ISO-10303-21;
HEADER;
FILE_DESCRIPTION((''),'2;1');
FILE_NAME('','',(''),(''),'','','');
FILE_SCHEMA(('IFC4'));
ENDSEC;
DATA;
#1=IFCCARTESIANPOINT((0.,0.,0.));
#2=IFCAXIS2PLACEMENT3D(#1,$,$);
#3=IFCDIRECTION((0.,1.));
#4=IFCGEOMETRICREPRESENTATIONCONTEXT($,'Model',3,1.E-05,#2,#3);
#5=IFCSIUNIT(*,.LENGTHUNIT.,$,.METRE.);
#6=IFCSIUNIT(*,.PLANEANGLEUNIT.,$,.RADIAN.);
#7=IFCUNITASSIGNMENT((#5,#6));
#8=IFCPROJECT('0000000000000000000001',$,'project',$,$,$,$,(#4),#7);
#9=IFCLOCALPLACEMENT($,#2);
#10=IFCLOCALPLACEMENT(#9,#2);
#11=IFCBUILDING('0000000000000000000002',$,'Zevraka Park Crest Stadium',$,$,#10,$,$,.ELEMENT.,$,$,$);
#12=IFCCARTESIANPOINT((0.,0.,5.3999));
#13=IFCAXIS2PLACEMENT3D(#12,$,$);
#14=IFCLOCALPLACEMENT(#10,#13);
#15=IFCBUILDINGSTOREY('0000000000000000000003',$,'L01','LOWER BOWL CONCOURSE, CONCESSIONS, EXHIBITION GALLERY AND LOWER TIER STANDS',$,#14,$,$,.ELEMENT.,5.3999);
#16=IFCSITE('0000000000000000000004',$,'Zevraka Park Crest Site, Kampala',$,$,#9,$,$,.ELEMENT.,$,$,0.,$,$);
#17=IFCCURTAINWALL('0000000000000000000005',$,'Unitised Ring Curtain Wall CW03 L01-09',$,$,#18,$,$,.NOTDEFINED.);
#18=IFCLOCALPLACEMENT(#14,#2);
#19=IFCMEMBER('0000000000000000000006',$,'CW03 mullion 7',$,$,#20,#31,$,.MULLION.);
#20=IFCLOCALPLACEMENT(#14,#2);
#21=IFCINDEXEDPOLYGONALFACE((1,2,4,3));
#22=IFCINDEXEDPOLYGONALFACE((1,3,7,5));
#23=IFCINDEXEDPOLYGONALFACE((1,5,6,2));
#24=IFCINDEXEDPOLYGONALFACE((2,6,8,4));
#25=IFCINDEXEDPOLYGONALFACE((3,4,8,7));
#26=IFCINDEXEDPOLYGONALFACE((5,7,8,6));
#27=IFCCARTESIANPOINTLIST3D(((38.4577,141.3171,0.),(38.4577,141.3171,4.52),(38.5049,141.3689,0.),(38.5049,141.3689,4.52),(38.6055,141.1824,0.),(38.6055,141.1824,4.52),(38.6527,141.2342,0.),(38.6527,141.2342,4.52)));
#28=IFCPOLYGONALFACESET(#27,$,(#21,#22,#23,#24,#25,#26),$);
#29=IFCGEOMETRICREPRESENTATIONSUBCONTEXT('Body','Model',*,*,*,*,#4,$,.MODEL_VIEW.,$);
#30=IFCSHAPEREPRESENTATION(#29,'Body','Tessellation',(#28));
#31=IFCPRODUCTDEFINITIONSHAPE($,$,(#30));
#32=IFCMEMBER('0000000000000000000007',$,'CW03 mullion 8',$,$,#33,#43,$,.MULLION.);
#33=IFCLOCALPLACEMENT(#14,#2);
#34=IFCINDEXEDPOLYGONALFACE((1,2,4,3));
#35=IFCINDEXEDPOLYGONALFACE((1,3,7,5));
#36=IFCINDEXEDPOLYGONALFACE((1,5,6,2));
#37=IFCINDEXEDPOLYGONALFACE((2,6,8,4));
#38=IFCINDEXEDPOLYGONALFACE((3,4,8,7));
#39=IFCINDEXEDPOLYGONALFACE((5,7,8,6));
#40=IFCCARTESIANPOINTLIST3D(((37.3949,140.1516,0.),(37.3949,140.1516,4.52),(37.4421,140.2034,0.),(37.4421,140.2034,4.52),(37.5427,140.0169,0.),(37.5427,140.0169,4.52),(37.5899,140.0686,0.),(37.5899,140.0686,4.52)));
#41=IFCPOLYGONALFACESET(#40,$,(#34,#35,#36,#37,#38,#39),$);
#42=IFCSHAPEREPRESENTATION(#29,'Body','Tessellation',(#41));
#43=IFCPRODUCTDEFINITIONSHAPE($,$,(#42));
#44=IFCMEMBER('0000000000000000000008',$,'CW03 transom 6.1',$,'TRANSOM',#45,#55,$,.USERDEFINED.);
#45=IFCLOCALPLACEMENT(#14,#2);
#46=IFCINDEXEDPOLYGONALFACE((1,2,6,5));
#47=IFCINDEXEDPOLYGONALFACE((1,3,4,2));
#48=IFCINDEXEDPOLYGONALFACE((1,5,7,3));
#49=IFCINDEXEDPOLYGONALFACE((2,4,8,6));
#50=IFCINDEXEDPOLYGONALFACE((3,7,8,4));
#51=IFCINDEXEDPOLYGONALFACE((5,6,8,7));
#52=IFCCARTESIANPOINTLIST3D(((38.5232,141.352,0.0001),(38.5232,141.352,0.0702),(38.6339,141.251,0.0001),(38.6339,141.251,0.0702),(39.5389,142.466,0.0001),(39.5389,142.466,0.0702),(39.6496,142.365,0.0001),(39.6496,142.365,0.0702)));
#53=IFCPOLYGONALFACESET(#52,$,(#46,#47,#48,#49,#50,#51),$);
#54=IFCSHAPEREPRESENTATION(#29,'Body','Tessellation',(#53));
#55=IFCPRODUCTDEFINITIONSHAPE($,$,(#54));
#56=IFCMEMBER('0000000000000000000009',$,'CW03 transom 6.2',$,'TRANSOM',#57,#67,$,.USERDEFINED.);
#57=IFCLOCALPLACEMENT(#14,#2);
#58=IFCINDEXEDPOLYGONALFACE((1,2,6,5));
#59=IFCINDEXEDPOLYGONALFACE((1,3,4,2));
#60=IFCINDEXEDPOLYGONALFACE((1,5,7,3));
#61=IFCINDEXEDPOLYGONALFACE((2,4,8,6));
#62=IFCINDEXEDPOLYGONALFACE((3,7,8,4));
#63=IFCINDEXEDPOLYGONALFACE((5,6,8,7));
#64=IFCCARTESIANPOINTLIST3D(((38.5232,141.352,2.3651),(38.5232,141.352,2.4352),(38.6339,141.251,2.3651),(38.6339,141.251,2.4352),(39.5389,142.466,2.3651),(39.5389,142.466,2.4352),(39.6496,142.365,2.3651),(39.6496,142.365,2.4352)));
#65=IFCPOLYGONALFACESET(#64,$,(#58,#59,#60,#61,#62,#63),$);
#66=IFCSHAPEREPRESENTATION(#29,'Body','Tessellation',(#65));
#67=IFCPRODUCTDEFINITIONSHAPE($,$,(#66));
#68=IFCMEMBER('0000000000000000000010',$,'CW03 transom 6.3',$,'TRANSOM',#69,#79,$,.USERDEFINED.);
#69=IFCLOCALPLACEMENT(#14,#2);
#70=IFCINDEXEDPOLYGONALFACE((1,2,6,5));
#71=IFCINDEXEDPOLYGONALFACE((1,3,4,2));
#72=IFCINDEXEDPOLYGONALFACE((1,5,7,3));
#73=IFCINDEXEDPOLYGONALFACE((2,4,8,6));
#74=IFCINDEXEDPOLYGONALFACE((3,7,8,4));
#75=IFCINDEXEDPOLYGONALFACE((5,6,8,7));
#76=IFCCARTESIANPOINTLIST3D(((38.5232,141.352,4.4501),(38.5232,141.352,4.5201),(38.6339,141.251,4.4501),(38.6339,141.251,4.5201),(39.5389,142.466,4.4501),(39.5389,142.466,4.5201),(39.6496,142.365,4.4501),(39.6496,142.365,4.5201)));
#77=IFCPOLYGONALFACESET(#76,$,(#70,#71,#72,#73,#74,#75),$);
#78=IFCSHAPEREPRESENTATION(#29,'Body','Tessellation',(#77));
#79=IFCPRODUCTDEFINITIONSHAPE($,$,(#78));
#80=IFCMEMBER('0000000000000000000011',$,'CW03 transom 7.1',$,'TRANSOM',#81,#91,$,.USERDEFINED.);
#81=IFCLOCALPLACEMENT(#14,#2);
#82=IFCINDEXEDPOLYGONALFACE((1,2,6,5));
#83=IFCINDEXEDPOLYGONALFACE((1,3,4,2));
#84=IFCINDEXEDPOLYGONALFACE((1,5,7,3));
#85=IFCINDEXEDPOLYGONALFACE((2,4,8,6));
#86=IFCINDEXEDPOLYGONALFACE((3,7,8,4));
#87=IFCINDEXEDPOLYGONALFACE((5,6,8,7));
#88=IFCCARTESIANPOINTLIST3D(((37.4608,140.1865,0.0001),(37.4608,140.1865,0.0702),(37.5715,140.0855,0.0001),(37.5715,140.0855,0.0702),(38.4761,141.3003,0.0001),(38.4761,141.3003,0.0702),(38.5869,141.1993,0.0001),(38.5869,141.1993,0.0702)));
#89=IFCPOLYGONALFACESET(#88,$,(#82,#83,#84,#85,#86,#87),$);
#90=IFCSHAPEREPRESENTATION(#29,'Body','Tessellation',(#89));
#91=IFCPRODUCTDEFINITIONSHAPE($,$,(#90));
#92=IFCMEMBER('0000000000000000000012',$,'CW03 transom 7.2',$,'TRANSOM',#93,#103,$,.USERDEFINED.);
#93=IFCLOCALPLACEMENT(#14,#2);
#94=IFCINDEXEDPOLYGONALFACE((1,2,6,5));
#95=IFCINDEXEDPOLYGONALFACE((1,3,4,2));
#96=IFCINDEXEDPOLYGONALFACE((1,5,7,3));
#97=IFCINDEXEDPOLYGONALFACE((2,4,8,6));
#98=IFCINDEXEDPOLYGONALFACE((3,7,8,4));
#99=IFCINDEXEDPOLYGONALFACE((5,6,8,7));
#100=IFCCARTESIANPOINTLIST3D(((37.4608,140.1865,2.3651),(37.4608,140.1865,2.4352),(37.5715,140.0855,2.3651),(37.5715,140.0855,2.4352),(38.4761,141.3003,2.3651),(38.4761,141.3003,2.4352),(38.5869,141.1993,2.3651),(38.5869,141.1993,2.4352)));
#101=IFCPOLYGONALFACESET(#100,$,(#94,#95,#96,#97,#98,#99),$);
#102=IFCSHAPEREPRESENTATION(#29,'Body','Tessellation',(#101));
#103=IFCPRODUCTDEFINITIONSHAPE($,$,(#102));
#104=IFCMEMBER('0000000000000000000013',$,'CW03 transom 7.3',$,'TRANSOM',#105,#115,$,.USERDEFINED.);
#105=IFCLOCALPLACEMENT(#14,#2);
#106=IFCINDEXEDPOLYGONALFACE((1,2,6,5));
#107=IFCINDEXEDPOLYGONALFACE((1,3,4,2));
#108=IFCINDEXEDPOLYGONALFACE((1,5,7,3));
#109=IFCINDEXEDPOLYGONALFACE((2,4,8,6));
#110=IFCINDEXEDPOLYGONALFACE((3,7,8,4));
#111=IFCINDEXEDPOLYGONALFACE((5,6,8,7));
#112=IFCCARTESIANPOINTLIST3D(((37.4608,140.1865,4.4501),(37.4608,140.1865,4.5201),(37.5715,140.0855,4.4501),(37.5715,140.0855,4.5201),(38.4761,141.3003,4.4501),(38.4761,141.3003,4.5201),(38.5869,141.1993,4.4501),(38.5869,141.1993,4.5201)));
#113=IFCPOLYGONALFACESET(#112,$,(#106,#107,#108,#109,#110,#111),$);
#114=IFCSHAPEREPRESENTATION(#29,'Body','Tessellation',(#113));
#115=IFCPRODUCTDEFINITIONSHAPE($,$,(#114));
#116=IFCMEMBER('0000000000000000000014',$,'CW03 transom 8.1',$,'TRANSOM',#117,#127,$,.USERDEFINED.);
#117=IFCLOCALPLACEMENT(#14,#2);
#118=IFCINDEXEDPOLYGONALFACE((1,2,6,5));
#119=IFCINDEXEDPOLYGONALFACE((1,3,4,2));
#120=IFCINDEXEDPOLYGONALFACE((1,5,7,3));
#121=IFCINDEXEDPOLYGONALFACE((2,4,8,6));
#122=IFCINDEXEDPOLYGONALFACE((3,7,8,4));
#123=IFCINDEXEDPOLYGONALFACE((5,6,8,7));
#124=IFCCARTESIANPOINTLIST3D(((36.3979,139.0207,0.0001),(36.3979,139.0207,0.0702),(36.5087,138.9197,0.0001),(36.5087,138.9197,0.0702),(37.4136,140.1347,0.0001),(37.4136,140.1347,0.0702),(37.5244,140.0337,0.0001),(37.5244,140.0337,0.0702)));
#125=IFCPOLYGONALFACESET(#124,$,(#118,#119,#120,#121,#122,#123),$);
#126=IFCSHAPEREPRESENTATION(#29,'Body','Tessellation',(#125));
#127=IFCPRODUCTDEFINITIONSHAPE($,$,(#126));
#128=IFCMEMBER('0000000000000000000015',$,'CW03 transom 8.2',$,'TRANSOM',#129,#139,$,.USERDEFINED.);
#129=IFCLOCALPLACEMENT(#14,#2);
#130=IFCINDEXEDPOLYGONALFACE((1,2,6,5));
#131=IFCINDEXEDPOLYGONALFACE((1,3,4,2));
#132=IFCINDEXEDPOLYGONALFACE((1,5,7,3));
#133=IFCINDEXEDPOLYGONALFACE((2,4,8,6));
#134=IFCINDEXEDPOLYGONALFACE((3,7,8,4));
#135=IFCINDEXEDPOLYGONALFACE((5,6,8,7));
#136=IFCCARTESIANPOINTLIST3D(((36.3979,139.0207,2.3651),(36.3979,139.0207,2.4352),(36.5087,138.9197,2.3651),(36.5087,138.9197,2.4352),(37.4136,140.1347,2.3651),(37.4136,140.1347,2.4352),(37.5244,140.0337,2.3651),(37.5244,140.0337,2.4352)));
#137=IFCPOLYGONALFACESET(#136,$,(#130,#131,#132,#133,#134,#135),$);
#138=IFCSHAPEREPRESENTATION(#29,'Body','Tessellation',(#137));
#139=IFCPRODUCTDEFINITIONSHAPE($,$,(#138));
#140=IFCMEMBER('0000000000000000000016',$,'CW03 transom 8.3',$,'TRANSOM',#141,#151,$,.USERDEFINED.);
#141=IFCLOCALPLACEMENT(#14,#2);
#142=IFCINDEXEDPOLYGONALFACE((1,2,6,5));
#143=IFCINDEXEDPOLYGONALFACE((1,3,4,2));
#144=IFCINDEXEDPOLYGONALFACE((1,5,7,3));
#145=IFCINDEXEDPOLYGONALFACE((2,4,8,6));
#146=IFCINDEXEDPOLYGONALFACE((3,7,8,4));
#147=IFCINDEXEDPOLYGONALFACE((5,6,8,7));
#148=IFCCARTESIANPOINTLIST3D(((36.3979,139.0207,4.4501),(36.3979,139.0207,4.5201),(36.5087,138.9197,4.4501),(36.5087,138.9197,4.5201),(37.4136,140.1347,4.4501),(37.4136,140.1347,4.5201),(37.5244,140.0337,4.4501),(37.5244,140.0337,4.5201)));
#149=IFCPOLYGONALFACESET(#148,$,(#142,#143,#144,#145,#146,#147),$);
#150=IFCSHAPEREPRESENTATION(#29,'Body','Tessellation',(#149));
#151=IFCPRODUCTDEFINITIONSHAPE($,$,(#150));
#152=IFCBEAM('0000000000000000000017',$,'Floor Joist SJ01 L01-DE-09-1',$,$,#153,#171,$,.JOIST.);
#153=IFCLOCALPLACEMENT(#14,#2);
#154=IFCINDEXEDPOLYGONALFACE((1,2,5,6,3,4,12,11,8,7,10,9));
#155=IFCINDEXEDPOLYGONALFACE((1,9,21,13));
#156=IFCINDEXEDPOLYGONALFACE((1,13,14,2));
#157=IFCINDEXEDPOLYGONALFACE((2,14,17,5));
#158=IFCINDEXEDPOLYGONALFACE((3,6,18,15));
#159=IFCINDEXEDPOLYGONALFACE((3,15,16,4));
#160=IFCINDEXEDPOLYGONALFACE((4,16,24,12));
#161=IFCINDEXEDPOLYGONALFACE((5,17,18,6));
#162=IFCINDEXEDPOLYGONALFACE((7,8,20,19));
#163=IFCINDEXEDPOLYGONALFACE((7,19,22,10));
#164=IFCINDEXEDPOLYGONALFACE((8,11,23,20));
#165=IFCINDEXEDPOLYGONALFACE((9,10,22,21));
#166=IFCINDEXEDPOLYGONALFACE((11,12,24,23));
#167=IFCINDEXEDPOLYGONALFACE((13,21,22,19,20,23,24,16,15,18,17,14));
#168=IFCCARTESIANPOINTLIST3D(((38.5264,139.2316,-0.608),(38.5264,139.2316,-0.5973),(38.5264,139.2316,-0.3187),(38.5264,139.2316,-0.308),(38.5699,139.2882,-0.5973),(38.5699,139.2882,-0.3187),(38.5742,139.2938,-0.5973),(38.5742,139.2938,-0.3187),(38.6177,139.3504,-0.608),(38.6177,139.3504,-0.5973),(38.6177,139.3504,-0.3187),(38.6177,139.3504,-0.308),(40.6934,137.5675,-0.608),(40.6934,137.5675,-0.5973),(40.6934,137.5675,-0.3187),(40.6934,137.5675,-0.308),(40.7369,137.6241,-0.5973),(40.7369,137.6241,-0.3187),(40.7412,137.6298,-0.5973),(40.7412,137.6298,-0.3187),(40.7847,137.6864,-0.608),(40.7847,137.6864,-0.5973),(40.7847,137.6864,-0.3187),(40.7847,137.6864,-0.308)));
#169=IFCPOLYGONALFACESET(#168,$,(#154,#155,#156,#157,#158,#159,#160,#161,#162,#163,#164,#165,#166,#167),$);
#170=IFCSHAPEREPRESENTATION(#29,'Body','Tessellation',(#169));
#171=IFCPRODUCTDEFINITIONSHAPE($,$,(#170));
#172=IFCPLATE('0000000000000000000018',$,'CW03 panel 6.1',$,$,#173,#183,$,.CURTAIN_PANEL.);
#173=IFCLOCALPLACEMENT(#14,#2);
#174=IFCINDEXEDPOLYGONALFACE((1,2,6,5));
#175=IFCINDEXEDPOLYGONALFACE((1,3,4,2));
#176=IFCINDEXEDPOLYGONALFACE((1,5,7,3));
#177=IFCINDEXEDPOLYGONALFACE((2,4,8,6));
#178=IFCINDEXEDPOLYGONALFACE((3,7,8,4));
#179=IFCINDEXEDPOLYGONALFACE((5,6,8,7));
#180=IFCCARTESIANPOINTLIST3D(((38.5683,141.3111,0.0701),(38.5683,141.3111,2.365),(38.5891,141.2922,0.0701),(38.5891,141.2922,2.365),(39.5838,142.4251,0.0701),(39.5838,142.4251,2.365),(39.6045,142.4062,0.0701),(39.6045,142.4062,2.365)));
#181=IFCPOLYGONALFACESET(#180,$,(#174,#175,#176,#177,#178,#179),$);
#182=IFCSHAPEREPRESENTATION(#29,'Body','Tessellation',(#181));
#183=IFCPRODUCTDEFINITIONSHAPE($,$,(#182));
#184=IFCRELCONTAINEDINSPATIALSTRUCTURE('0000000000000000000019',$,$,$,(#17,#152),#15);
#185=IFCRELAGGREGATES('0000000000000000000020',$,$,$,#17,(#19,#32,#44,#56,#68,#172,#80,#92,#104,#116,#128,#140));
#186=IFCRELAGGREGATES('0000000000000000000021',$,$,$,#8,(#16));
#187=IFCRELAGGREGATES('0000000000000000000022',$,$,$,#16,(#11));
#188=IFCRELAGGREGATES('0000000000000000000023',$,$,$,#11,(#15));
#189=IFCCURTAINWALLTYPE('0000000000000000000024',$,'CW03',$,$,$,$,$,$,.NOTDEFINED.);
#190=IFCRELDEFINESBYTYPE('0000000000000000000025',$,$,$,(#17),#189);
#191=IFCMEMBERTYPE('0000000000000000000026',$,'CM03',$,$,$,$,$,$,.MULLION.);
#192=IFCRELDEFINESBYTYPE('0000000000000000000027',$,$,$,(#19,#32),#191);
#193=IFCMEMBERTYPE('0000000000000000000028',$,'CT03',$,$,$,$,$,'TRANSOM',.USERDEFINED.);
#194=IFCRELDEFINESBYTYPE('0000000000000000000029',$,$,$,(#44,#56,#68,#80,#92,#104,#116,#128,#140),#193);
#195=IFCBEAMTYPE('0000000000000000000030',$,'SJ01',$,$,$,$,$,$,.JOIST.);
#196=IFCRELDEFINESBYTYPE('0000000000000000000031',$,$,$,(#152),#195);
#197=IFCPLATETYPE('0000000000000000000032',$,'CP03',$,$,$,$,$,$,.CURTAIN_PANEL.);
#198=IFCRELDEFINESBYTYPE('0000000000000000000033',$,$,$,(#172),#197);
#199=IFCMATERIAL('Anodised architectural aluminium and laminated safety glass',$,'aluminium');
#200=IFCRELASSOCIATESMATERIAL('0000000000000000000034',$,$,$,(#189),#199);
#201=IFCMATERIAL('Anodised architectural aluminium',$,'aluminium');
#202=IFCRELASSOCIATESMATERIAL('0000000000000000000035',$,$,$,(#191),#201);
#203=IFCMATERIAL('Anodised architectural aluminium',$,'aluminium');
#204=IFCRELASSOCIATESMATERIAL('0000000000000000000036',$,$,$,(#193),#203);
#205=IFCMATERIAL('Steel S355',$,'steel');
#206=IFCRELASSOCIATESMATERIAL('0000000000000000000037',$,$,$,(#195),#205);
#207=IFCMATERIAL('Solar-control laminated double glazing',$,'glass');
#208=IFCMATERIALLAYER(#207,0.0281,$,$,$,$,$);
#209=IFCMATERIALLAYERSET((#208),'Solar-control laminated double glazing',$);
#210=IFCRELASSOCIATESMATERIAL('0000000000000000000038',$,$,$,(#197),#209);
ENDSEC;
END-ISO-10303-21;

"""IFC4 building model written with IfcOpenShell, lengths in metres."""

from ifc_helpers import new_model, si_unit, direction, frame, origin, origin_2d, place, context, subcontext, project, spatial, rectangle, i_section, extrude, material, layer, layer_set, material_profile, profile_set, type_object, element, aggregate, save


model = new_model("IFC4")

# Units and contexts
model_context = context("Model", 3, precision=1e-05, world=origin(), true_north=direction((0.0, 1.0)))
body_context = subcontext(model_context, "Body", "Model", "MODEL_VIEW")
ifc_project = project(units=[si_unit("LENGTHUNIT", "METRE"), si_unit("PLANEANGLEUNIT", "RADIAN")], contexts=[model_context])

# Site, building, storey
site_placement = place(None, origin())
site = spatial("IfcSite", under=ifc_project, at=site_placement, Name="Zevraka Park Crest Site, Kampala", CompositionType="ELEMENT", RefElevation=0.0)
building_placement = place(site_placement, origin())
building = spatial("IfcBuilding", under=site, at=building_placement, Name="Zevraka Park Crest Stadium", CompositionType="ELEMENT")
storey_placement = place(building_placement, frame((0.0, 0.0, 5.3999)))
storey = spatial("IfcBuildingStorey", under=building, at=storey_placement, Name="L01", Description="LOWER BOWL CONCOURSE, CONCESSIONS, EXHIBITION GALLERY AND LOWER TIER STANDS", CompositionType="ELEMENT", Elevation=5.3999)

# Curtain wall, members
ifc_material_1 = material(Name="Anodised architectural aluminium and laminated safety glass", Category="aluminium")
curtain_wall_type = type_object("IfcCurtainWallType", Name="CW03", PredefinedType="NOTDEFINED", material=ifc_material_1)
curtain_wall_placement = place(storey_placement, origin())
curtain_wall = element("IfcCurtainWall", 1, at=curtain_wall_placement, inside=storey, type_object=curtain_wall_type, Name="Unitised Ring Curtain Wall CW03 L01-09", PredefinedType="NOTDEFINED")
ifc_material_2 = material(Name="Anodised architectural aluminium", Category="aluminium")
ifc_material_profile_1 = material_profile(ifc_material_2, rectangle(XDim=0.2, YDim=0.0701, at=origin_2d()), Name="ALU MULLION 200x70")
ifc_profile_set_1 = profile_set([ifc_material_profile_1], Name="Anodised architectural aluminium")
member_type_1 = type_object("IfcMemberType", Name="CM03", PredefinedType="MULLION", material=ifc_profile_set_1)
member_1_placement = place(storey_placement, frame((38.5552, 141.2756, 0.0), z_axis=(0.0, 0.0, 1.0), x_axis=(0.739023, -0.67368, 0.0)))
member_1 = element("IfcMember", 2, at=member_1_placement, type_object=member_type_1, Name="CW03 mullion 7", PredefinedType="MULLION", context=body_context, shape_type="SweptSolid", body=[
    extrude(rectangle(XDim=0.2, YDim=0.0701, at=origin_2d()), origin(), (0.0, 0.0, 1.0), 4.52),
])
member_2_placement = place(storey_placement, frame((37.4924, 140.1101, 0.0), z_axis=(0.0, 0.0, 1.0), x_axis=(0.739023, -0.67368, 0.0)))
member_2 = element("IfcMember", 3, at=member_2_placement, type_object=member_type_1, Name="CW03 mullion 8", PredefinedType="MULLION", context=body_context, shape_type="SweptSolid", body=[
    extrude(rectangle(XDim=0.2, YDim=0.0701, at=origin_2d()), origin(), (0.0, 0.0, 1.0), 4.52),
])
ifc_material_3 = material(Name="Anodised architectural aluminium", Category="aluminium")
ifc_material_profile_2 = material_profile(ifc_material_3, rectangle(XDim=0.1499, YDim=0.0701, at=origin_2d()), Name="ALU TRANSOM 150x70")
ifc_profile_set_2 = profile_set([ifc_material_profile_2], Name="Anodised architectural aluminium")
member_type_2 = type_object("IfcMemberType", Name="CT03", ElementType="TRANSOM", PredefinedType="USERDEFINED", material=ifc_profile_set_2)
member_3_placement = place(storey_placement, frame((39.5942, 142.4155, 0.0352), z_axis=(-0.67372, -0.738987, 0.0), x_axis=(0.738987, -0.67372, 0.0)))
member_3 = element("IfcMember", 4, at=member_3_placement, type_object=member_type_2, Name="CW03 transom 6.1", ObjectType="TRANSOM", PredefinedType="USERDEFINED", context=body_context, shape_type="SweptSolid", body=[
    extrude(rectangle(XDim=0.1499, YDim=0.0701, at=origin_2d()), origin(), (0.0, 0.0, 1.0), 1.5076),
])
member_4_placement = place(storey_placement, frame((39.5942, 142.4155, 2.4001), z_axis=(-0.67372, -0.738987, 0.0), x_axis=(0.738987, -0.67372, 0.0)))
member_4 = element("IfcMember", 5, at=member_4_placement, type_object=member_type_2, Name="CW03 transom 6.2", ObjectType="TRANSOM", PredefinedType="USERDEFINED", context=body_context, shape_type="SweptSolid", body=[
    extrude(rectangle(XDim=0.1499, YDim=0.0701, at=origin_2d()), origin(), (0.0, 0.0, 1.0), 1.5076),
])
member_5_placement = place(storey_placement, frame((39.5942, 142.4155, 4.4851), z_axis=(-0.67372, -0.738987, 0.0), x_axis=(0.738987, -0.67372, 0.0)))
member_5 = element("IfcMember", 6, at=member_5_placement, type_object=member_type_2, Name="CW03 transom 6.3", ObjectType="TRANSOM", PredefinedType="USERDEFINED", context=body_context, shape_type="SweptSolid", body=[
    extrude(rectangle(XDim=0.1499, YDim=0.0701, at=origin_2d()), origin(), (0.0, 0.0, 1.0), 1.5076),
])
member_6_placement = place(storey_placement, frame((38.5315, 141.2498, 0.0352), z_axis=(-0.673712, -0.738994, 0.0), x_axis=(0.738994, -0.673712, 0.0)))
member_6 = element("IfcMember", 7, at=member_6_placement, type_object=member_type_2, Name="CW03 transom 7.1", ObjectType="TRANSOM", PredefinedType="USERDEFINED", context=body_context, shape_type="SweptSolid", body=[
    extrude(rectangle(XDim=0.1499, YDim=0.0701, at=origin_2d()), origin(), (0.0, 0.0, 1.0), 1.5071),
])
member_7_placement = place(storey_placement, frame((38.5315, 141.2498, 2.4001), z_axis=(-0.673712, -0.738994, 0.0), x_axis=(0.738994, -0.673712, 0.0)))
member_7 = element("IfcMember", 8, at=member_7_placement, type_object=member_type_2, Name="CW03 transom 7.2", ObjectType="TRANSOM", PredefinedType="USERDEFINED", context=body_context, shape_type="SweptSolid", body=[
    extrude(rectangle(XDim=0.1499, YDim=0.0701, at=origin_2d()), origin(), (0.0, 0.0, 1.0), 1.5071),
])
member_8_placement = place(storey_placement, frame((38.5315, 141.2498, 4.4851), z_axis=(-0.673712, -0.738994, 0.0), x_axis=(0.738994, -0.673712, 0.0)))
member_8 = element("IfcMember", 9, at=member_8_placement, type_object=member_type_2, Name="CW03 transom 7.3", ObjectType="TRANSOM", PredefinedType="USERDEFINED", context=body_context, shape_type="SweptSolid", body=[
    extrude(rectangle(XDim=0.1499, YDim=0.0701, at=origin_2d()), origin(), (0.0, 0.0, 1.0), 1.5071),
])
member_9_placement = place(storey_placement, frame((37.469, 140.0842, 0.0352), z_axis=(-0.67372, -0.738987, 0.0), x_axis=(0.738987, -0.67372, 0.0)))
member_9 = element("IfcMember", 10, at=member_9_placement, type_object=member_type_2, Name="CW03 transom 8.1", ObjectType="TRANSOM", PredefinedType="USERDEFINED", context=body_context, shape_type="SweptSolid", body=[
    extrude(rectangle(XDim=0.1499, YDim=0.0701, at=origin_2d()), origin(), (0.0, 0.0, 1.0), 1.5076),
])
member_10_placement = place(storey_placement, frame((37.469, 140.0842, 2.4001), z_axis=(-0.67372, -0.738987, 0.0), x_axis=(0.738987, -0.67372, 0.0)))
member_10 = element("IfcMember", 11, at=member_10_placement, type_object=member_type_2, Name="CW03 transom 8.2", ObjectType="TRANSOM", PredefinedType="USERDEFINED", context=body_context, shape_type="SweptSolid", body=[
    extrude(rectangle(XDim=0.1499, YDim=0.0701, at=origin_2d()), origin(), (0.0, 0.0, 1.0), 1.5076),
])
member_11_placement = place(storey_placement, frame((37.469, 140.0842, 4.4851), z_axis=(-0.67372, -0.738987, 0.0), x_axis=(0.738987, -0.67372, 0.0)))
member_11 = element("IfcMember", 12, at=member_11_placement, type_object=member_type_2, Name="CW03 transom 8.3", ObjectType="TRANSOM", PredefinedType="USERDEFINED", context=body_context, shape_type="SweptSolid", body=[
    extrude(rectangle(XDim=0.1499, YDim=0.0701, at=origin_2d()), origin(), (0.0, 0.0, 1.0), 1.5076),
])

# Beam
ifc_material_4 = material(Name="Steel S355", Category="steel")
ifc_material_profile_3 = material_profile(ifc_material_4, i_section(OverallWidth=0.1499, OverallDepth=0.3, WebThickness=0.0071, FlangeThickness=0.0107, at=origin_2d()), Name="IPE 300")
ifc_profile_set_3 = profile_set([ifc_material_profile_3], Name="Steel S355")
beam_type = type_object("IfcBeamType", Name="SJ01", PredefinedType="JOIST", material=ifc_profile_set_3)
beam_placement = place(storey_placement, frame((40.739, 137.627, -0.458), z_axis=(-0.793129, 0.609054, 0.0), x_axis=(-0.609054, -0.793129, 0.0)))
element("IfcBeam", 13, at=beam_placement, inside=storey, type_object=beam_type, Name="Floor Joist SJ01 L01-DE-09-1", PredefinedType="JOIST", context=body_context, shape_type="SweptSolid", body=[
    extrude(i_section(OverallWidth=0.1499, OverallDepth=0.3, WebThickness=0.0071, FlangeThickness=0.0107, at=origin_2d()), origin(), (0.0, 0.0, 1.0), 2.7322),
])

# Plate
ifc_material_5 = material(Name="Solar-control laminated double glazing", Category="glass")
ifc_layer_1 = layer(ifc_material_5, 0.0281)
ifc_layer_set_1 = layer_set([ifc_layer_1], Name="Solar-control laminated double glazing")
plate_type = type_object("IfcPlateType", Name="CP03", PredefinedType="CURTAIN_PANEL", material=ifc_layer_set_1)
plate_1_placement = place(storey_placement, frame((39.0864, 141.8586, 0.0701), z_axis=(0.0, 0.0, 1.0), x_axis=(-0.67368, -0.739023, 0.0)))
plate_1 = element("IfcPlate", 14, at=plate_1_placement, type_object=plate_type, Name="CW03 panel 6.1", PredefinedType="CURTAIN_PANEL", context=body_context, shape_type="SweptSolid", body=[
    extrude(rectangle(XDim=1.5073, YDim=0.0281, at=origin_2d()), origin(), (0.0, 0.0, 1.0), 2.2949),
])
aggregate(curtain_wall, [member_1, member_2, member_3, member_4, member_5, plate_1, member_6, member_7, member_8, member_9, member_10, member_11])

save(model, "model.ifc")
